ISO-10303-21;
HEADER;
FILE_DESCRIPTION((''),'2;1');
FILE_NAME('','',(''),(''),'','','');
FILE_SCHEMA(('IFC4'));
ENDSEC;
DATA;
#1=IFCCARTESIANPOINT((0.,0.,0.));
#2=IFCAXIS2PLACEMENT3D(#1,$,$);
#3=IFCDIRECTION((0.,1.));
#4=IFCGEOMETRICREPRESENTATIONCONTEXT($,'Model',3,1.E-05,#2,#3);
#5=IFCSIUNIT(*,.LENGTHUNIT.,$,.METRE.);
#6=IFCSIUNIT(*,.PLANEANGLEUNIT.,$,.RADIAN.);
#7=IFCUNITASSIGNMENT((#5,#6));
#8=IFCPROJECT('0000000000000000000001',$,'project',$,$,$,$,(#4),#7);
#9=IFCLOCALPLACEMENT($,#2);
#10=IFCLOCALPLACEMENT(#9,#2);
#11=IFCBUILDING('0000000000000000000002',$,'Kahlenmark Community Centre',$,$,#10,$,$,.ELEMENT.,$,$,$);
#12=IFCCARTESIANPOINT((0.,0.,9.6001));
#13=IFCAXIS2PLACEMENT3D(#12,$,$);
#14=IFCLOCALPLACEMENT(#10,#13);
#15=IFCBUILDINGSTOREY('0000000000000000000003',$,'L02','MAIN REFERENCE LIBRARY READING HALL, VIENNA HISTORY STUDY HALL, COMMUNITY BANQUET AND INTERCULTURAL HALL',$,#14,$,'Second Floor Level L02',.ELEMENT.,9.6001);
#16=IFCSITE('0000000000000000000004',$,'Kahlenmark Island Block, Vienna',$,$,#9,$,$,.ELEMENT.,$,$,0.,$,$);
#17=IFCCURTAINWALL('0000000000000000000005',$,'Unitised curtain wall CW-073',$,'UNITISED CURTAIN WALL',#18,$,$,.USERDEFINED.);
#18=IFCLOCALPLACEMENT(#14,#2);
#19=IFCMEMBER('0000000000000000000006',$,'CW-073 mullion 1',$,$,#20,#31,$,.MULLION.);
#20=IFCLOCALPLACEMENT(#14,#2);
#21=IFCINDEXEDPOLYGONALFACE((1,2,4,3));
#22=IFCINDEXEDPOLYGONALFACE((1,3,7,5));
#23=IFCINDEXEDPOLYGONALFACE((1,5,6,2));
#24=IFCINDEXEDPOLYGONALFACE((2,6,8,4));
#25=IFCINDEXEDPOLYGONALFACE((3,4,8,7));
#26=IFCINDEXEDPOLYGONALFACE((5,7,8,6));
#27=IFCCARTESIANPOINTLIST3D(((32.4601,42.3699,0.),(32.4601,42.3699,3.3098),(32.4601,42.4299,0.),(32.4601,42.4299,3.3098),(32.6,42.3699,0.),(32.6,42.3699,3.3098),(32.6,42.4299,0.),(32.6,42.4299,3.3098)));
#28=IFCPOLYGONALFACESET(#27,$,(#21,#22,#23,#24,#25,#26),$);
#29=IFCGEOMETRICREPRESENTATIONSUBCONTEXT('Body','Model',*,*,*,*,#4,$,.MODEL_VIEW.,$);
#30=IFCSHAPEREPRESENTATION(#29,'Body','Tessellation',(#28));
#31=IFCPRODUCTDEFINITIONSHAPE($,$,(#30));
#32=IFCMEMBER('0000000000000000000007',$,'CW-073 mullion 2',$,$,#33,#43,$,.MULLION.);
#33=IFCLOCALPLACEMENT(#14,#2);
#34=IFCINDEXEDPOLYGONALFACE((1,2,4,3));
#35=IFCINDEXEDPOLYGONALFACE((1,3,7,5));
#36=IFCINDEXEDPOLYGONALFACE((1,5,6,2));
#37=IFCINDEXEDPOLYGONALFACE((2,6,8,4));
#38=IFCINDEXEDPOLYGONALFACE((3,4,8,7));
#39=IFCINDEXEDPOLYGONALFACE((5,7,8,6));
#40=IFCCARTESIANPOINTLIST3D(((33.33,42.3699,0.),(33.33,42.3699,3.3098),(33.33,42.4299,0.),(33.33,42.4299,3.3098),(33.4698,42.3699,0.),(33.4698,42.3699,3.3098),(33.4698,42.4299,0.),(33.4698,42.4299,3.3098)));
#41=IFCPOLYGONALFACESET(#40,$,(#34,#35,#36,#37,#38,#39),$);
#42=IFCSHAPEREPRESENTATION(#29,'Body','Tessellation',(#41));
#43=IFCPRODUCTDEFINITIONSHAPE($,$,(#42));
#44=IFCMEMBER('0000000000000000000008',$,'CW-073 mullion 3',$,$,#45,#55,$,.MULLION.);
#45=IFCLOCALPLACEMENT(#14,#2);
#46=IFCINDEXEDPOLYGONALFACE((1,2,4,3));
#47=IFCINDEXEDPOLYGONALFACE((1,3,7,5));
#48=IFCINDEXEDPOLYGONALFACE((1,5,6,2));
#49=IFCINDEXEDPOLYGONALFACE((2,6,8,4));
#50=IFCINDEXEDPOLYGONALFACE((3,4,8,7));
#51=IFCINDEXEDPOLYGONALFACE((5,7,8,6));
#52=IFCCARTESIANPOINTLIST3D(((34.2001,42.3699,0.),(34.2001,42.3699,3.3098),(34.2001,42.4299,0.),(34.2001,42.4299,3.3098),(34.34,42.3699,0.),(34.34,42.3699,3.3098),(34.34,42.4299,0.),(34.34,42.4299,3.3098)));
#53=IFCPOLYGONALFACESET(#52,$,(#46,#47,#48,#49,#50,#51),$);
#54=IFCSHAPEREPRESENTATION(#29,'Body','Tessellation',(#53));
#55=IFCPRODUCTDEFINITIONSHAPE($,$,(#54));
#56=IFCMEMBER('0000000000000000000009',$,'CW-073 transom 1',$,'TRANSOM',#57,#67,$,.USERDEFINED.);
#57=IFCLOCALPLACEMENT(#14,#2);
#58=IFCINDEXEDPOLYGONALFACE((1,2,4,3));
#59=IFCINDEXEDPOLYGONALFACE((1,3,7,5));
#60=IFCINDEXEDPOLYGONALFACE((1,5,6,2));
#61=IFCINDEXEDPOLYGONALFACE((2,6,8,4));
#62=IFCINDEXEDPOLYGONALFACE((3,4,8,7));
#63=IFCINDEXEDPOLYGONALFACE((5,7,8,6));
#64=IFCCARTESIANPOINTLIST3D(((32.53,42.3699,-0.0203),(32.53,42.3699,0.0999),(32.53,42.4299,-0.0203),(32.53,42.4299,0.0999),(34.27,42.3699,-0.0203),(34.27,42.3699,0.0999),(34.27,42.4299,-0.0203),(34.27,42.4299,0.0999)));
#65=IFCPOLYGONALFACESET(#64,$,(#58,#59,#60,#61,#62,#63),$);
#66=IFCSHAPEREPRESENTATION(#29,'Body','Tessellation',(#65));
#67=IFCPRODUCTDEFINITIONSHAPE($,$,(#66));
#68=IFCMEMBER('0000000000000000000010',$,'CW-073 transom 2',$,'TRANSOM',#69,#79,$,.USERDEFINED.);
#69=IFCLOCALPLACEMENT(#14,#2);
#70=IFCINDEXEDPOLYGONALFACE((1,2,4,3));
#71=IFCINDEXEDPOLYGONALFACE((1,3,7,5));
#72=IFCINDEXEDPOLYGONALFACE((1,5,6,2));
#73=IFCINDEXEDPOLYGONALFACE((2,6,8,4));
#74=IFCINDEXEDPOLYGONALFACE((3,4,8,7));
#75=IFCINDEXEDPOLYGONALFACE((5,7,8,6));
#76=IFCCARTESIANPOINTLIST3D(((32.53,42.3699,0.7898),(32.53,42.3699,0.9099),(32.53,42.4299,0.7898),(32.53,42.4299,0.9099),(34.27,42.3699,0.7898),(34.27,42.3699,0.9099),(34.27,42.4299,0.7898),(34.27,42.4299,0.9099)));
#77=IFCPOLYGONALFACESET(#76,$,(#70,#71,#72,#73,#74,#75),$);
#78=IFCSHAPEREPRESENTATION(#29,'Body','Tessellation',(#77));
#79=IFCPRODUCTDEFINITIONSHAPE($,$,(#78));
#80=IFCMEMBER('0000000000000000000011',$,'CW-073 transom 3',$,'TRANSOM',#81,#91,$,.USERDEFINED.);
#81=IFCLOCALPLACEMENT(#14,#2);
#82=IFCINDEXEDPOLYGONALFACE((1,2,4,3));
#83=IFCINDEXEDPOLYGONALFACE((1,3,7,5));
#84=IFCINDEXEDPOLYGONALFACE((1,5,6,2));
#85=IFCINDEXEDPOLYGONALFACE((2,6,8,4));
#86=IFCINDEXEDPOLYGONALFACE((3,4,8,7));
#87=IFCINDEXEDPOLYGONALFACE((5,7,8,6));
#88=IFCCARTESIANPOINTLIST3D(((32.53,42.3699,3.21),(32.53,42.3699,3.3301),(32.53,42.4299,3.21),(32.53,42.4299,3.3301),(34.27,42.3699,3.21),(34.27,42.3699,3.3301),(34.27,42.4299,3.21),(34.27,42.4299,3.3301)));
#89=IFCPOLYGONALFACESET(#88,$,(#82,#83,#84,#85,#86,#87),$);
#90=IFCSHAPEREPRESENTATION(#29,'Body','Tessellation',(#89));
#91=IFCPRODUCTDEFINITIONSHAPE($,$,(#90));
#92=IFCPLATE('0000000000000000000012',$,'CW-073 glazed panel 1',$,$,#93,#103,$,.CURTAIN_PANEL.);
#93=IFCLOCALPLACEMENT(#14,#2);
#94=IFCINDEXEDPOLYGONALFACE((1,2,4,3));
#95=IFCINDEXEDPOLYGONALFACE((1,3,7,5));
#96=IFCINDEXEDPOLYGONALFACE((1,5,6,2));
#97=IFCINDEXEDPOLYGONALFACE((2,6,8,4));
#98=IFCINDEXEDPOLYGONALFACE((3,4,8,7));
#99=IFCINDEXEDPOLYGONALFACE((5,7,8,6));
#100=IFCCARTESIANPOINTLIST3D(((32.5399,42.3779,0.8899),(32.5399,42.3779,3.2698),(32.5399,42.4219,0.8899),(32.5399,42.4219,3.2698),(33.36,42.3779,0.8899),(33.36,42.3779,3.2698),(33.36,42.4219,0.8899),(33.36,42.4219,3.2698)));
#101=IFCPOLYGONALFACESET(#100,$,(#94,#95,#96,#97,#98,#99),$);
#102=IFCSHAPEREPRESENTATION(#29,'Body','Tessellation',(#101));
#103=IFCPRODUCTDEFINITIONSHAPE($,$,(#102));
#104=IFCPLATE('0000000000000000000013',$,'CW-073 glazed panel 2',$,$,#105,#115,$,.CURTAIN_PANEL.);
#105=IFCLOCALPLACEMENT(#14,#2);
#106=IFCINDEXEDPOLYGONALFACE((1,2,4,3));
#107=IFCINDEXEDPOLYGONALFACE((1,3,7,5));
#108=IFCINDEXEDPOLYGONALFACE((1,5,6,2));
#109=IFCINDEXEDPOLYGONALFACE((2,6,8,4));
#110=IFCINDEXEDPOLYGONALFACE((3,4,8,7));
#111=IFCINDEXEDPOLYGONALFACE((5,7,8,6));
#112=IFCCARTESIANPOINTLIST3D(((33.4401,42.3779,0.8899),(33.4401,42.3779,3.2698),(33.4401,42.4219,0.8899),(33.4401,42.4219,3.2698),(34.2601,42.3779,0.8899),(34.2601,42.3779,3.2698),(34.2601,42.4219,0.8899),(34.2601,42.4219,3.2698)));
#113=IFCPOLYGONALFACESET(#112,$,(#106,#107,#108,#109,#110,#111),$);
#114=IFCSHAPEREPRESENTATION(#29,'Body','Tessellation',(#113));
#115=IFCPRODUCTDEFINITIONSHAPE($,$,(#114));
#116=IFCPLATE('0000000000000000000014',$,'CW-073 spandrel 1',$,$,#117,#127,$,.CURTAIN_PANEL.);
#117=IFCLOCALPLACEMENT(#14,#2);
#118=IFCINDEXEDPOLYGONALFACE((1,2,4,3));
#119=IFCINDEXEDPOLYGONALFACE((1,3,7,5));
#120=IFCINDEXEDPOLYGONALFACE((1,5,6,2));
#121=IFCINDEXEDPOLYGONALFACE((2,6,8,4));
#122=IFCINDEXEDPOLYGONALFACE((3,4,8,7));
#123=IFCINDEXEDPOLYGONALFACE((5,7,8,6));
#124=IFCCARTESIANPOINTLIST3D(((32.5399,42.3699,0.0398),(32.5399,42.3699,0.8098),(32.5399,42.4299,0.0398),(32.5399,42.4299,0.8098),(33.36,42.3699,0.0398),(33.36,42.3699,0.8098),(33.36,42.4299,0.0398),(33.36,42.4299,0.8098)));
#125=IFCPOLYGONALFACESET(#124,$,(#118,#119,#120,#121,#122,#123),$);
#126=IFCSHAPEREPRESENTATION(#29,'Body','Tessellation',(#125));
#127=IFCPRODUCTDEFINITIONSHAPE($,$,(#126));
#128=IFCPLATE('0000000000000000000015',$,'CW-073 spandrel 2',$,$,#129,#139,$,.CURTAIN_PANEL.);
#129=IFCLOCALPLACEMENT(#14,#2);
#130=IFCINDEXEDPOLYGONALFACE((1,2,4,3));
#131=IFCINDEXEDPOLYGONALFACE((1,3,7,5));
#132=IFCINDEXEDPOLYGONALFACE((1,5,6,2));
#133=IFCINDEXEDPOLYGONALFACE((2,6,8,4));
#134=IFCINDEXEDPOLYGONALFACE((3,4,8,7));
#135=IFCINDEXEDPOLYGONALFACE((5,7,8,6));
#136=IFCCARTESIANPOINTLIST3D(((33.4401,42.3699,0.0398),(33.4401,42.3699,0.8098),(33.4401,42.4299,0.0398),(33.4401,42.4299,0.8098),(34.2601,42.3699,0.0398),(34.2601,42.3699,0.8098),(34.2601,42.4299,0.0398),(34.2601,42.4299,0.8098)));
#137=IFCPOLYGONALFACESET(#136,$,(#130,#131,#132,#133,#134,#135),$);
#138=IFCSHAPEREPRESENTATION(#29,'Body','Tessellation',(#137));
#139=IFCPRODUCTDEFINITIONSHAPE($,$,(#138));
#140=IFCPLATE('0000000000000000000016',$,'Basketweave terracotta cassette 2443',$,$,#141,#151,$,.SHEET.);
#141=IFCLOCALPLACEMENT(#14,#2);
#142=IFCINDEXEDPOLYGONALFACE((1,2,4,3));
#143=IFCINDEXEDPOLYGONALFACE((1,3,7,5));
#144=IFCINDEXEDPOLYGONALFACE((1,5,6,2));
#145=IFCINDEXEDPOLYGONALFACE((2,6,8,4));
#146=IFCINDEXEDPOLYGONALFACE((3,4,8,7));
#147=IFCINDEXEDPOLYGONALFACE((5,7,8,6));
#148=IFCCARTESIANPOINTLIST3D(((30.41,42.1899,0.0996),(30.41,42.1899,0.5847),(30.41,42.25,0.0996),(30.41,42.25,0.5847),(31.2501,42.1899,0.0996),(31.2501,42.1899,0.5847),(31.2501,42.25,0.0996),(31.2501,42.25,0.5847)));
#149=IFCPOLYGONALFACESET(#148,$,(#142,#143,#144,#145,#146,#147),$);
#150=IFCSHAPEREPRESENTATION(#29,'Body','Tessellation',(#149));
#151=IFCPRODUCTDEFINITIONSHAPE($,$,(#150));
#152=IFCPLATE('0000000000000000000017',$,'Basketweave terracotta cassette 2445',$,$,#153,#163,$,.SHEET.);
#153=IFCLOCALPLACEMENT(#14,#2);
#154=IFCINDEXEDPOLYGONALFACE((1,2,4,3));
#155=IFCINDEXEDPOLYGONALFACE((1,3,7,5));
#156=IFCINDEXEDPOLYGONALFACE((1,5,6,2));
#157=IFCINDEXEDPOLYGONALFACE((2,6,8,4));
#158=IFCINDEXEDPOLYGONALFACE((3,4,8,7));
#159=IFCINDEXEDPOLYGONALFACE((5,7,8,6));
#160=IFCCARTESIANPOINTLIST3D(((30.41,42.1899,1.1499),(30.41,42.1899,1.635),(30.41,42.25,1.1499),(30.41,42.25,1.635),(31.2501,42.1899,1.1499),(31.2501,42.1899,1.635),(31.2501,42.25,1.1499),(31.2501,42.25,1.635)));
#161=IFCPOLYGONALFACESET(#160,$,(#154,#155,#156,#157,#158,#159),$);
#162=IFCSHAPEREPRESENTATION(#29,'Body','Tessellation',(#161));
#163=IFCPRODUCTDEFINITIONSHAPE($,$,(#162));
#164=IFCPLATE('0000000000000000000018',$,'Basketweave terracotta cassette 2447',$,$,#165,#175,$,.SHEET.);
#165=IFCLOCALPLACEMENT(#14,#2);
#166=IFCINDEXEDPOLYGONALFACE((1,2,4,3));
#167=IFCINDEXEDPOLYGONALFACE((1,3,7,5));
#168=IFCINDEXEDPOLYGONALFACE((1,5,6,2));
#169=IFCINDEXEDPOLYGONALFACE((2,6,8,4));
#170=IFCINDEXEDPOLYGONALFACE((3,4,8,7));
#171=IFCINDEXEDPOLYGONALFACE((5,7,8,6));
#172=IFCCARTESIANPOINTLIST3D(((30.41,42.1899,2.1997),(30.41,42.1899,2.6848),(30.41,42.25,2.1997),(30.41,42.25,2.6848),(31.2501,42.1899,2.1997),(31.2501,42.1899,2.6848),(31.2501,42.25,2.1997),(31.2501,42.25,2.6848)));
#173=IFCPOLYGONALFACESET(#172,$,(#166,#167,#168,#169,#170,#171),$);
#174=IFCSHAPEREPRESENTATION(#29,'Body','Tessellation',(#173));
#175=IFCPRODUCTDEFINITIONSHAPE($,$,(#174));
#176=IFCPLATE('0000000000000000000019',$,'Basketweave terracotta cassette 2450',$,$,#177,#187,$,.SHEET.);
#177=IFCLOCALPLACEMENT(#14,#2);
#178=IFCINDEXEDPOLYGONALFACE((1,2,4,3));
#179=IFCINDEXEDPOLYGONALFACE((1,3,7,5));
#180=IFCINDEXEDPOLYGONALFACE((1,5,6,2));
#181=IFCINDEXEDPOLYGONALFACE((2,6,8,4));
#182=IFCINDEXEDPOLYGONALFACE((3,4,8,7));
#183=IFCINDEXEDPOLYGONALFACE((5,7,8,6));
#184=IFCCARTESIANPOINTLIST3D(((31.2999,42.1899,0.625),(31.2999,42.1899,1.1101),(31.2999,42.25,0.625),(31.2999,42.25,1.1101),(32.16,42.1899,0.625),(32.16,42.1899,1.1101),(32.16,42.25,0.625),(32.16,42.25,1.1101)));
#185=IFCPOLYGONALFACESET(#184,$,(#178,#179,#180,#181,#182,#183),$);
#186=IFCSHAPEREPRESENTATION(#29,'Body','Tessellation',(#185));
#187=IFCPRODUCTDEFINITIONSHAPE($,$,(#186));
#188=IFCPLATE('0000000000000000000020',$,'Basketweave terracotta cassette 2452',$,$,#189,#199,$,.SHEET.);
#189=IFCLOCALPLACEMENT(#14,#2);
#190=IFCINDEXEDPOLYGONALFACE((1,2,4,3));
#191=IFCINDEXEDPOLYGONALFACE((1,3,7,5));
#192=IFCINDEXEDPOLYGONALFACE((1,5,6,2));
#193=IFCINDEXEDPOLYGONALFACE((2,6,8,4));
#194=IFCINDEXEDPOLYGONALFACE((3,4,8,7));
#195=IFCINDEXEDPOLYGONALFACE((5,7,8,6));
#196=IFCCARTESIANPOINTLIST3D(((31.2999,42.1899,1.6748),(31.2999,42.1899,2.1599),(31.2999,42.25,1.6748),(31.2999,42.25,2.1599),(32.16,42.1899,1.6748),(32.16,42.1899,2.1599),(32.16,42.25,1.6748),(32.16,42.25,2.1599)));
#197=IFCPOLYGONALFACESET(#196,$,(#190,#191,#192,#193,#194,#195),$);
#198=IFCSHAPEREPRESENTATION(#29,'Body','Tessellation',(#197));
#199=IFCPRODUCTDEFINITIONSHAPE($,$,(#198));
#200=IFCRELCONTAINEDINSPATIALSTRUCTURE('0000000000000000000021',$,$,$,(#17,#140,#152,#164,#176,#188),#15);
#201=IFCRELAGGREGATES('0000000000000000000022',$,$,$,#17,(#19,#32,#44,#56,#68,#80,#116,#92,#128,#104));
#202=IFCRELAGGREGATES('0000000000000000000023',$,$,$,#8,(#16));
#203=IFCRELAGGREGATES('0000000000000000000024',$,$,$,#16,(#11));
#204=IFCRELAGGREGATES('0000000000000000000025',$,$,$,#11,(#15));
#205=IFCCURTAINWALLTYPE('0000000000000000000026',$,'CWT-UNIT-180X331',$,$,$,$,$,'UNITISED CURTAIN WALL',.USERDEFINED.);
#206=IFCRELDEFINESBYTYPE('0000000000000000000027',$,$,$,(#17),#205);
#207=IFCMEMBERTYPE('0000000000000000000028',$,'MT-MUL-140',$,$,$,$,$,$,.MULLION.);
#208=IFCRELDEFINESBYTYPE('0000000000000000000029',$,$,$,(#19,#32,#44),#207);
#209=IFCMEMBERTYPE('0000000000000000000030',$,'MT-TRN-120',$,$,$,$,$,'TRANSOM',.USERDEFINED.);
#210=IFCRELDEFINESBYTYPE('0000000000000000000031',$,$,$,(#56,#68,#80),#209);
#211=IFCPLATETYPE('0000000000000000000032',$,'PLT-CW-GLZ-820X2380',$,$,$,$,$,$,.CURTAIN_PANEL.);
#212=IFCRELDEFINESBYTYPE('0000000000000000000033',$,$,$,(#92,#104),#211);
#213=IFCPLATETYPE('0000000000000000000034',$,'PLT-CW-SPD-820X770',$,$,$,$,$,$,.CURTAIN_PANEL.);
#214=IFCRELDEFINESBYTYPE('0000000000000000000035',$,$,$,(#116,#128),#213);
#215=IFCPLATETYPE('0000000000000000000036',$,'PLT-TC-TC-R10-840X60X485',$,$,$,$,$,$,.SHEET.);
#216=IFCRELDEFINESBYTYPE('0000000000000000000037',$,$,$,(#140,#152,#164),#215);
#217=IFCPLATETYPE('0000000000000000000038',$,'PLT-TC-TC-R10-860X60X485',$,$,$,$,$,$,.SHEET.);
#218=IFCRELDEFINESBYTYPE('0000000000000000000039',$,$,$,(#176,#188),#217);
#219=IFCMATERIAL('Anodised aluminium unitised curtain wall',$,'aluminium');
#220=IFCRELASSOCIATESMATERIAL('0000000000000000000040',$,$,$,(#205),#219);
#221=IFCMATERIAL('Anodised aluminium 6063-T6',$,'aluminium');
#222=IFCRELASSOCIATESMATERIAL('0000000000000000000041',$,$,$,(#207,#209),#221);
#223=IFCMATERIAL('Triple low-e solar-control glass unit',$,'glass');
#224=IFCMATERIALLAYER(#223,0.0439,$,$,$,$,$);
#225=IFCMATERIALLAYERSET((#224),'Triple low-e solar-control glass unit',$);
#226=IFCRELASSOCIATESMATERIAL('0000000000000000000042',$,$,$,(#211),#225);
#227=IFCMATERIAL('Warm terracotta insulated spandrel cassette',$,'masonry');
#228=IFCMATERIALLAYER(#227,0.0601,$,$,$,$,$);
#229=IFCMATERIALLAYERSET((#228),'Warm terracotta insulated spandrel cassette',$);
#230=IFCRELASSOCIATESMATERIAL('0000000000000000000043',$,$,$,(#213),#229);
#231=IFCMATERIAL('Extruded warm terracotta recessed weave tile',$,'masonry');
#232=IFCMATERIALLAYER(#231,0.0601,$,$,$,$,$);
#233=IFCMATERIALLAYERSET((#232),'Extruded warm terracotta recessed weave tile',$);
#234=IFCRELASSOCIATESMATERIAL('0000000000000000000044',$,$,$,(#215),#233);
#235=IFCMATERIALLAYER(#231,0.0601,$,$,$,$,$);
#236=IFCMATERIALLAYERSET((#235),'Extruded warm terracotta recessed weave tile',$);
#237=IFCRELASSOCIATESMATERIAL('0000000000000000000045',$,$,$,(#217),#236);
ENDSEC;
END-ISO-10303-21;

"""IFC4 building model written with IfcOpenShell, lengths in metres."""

from ifc_helpers import new_model, si_unit, direction, frame, origin, origin_2d, place, context, subcontext, project, spatial, rectangle, extrude, material, layer, layer_set, material_profile, profile_set, type_object, element, aggregate, save


model = new_model("IFC4")

# Units and contexts
model_context = context("Model", 3, precision=1e-05, world=origin(), true_north=direction((0.0, 1.0)))
body_context = subcontext(model_context, "Body", "Model", "MODEL_VIEW")
ifc_project = project(units=[si_unit("LENGTHUNIT", "METRE"), si_unit("PLANEANGLEUNIT", "RADIAN")], contexts=[model_context])

# Site, building, storey
site_placement = place(None, origin())
site = spatial("IfcSite", under=ifc_project, at=site_placement, Name="Kahlenmark Island Block, Vienna", CompositionType="ELEMENT", RefElevation=0.0)
building_placement = place(site_placement, origin())
building = spatial("IfcBuilding", under=site, at=building_placement, Name="Kahlenmark Community Centre", CompositionType="ELEMENT")
storey_placement = place(building_placement, frame((0.0, 0.0, 9.6001)))
storey = spatial("IfcBuildingStorey", under=building, at=storey_placement, Name="L02", Description="MAIN REFERENCE LIBRARY READING HALL, VIENNA HISTORY STUDY HALL, COMMUNITY BANQUET AND INTERCULTURAL HALL", LongName="Second Floor Level L02", CompositionType="ELEMENT", Elevation=9.6001)

# Curtain wall, members, plates
ifc_material_1 = material(Name="Anodised aluminium unitised curtain wall", Category="aluminium")
curtain_wall_type = type_object("IfcCurtainWallType", Name="CWT-UNIT-180X331", ElementType="UNITISED CURTAIN WALL", PredefinedType="USERDEFINED", material=ifc_material_1)
curtain_wall_placement = place(storey_placement, origin())
curtain_wall = element("IfcCurtainWall", 1, at=curtain_wall_placement, inside=storey, type_object=curtain_wall_type, Name="Unitised curtain wall CW-073", ObjectType="UNITISED CURTAIN WALL", PredefinedType="USERDEFINED")
ifc_material_2 = material(Name="Anodised aluminium 6063-T6", Category="aluminium")
ifc_material_profile_1 = material_profile(ifc_material_2, rectangle(XDim=0.0601, YDim=0.1399, at=origin_2d()), Name="ALU MULLION 60x140")
ifc_profile_set_1 = profile_set([ifc_material_profile_1], Name="Anodised aluminium 6063-T6")
member_type_1 = type_object("IfcMemberType", Name="MT-MUL-140", PredefinedType="MULLION", material=ifc_profile_set_1)
member_1_placement = place(storey_placement, frame((32.53, 42.3999, 0.0), z_axis=(0.0, 0.0, 1.0), x_axis=(0.0, 1.0, 0.0)))
member_1 = element("IfcMember", 2, at=member_1_placement, type_object=member_type_1, Name="CW-073 mullion 1", PredefinedType="MULLION", context=body_context, shape_type="SweptSolid", body=[
    extrude(rectangle(XDim=0.0601, YDim=0.1399, at=origin_2d()), origin(), (0.0, 0.0, 1.0), 3.3098),
])
member_2_placement = place(storey_placement, frame((33.3999, 42.3999, 0.0), z_axis=(0.0, 0.0, 1.0), x_axis=(0.0, 1.0, 0.0)))
member_2 = element("IfcMember", 3, at=member_2_placement, type_object=member_type_1, Name="CW-073 mullion 2", PredefinedType="MULLION", context=body_context, shape_type="SweptSolid", body=[
    extrude(rectangle(XDim=0.0601, YDim=0.1399, at=origin_2d()), origin(), (0.0, 0.0, 1.0), 3.3098),
])
member_3_placement = place(storey_placement, frame((34.27, 42.3999, 0.0), z_axis=(0.0, 0.0, 1.0), x_axis=(0.0, 1.0, 0.0)))
member_3 = element("IfcMember", 4, at=member_3_placement, type_object=member_type_1, Name="CW-073 mullion 3", PredefinedType="MULLION", context=body_context, shape_type="SweptSolid", body=[
    extrude(rectangle(XDim=0.0601, YDim=0.1399, at=origin_2d()), origin(), (0.0, 0.0, 1.0), 3.3098),
])
ifc_material_profile_2 = material_profile(ifc_material_2, rectangle(XDim=0.0601, YDim=0.1201, at=origin_2d()), Name="ALU TRANSOM 60x120")
ifc_profile_set_2 = profile_set([ifc_material_profile_2], Name="Anodised aluminium 6063-T6")
member_type_2 = type_object("IfcMemberType", Name="MT-TRN-120", ElementType="TRANSOM", PredefinedType="USERDEFINED", material=ifc_profile_set_2)
member_4_placement = place(storey_placement, frame((32.53, 42.3999, 0.0398), z_axis=(1.0, 0.0, 0.0), x_axis=(0.0, 1.0, 0.0)))
member_4 = element("IfcMember", 5, at=member_4_placement, type_object=member_type_2, Name="CW-073 transom 1", ObjectType="TRANSOM", PredefinedType="USERDEFINED", context=body_context, shape_type="SweptSolid", body=[
    extrude(rectangle(XDim=0.0601, YDim=0.1201, at=origin_2d()), origin(), (0.0, 0.0, 1.0), 1.74),
])
member_5_placement = place(storey_placement, frame((32.53, 42.3999, 0.8499), z_axis=(1.0, 0.0, 0.0), x_axis=(0.0, 1.0, 0.0)))
member_5 = element("IfcMember", 6, at=member_5_placement, type_object=member_type_2, Name="CW-073 transom 2", ObjectType="TRANSOM", PredefinedType="USERDEFINED", context=body_context, shape_type="SweptSolid", body=[
    extrude(rectangle(XDim=0.0601, YDim=0.1201, at=origin_2d()), origin(), (0.0, 0.0, 1.0), 1.74),
])
member_6_placement = place(storey_placement, frame((32.53, 42.3999, 3.27), z_axis=(1.0, 0.0, 0.0), x_axis=(0.0, 1.0, 0.0)))
member_6 = element("IfcMember", 7, at=member_6_placement, type_object=member_type_2, Name="CW-073 transom 3", ObjectType="TRANSOM", PredefinedType="USERDEFINED", context=body_context, shape_type="SweptSolid", body=[
    extrude(rectangle(XDim=0.0601, YDim=0.1201, at=origin_2d()), origin(), (0.0, 0.0, 1.0), 1.74),
])
ifc_material_3 = material(Name="Triple low-e solar-control glass unit", Category="glass")
ifc_layer_1 = layer(ifc_material_3, 0.0439)
ifc_layer_set_1 = layer_set([ifc_layer_1], Name="Triple low-e solar-control glass unit")
plate_type_1 = type_object("IfcPlateType", Name="PLT-CW-GLZ-820X2380", PredefinedType="CURTAIN_PANEL", material=ifc_layer_set_1)
plate_1_placement = place(storey_placement, frame((32.95, 42.3999, 0.8899), z_axis=(0.0, 0.0, 1.0), x_axis=(1.0, 0.0, 0.0)))
plate_1 = element("IfcPlate", 8, at=plate_1_placement, type_object=plate_type_1, Name="CW-073 glazed panel 1", PredefinedType="CURTAIN_PANEL", context=body_context, shape_type="SweptSolid", body=[
    extrude(rectangle(XDim=0.8201, YDim=0.0439, at=origin_2d()), origin(), (0.0, 0.0, 1.0), 2.3799),
])
plate_2_placement = place(storey_placement, frame((33.8501, 42.3999, 0.8899), z_axis=(0.0, 0.0, 1.0), x_axis=(1.0, 0.0, 0.0)))
plate_2 = element("IfcPlate", 9, at=plate_2_placement, type_object=plate_type_1, Name="CW-073 glazed panel 2", PredefinedType="CURTAIN_PANEL", context=body_context, shape_type="SweptSolid", body=[
    extrude(rectangle(XDim=0.8201, YDim=0.0439, at=origin_2d()), origin(), (0.0, 0.0, 1.0), 2.3799),
])
ifc_material_4 = material(Name="Warm terracotta insulated spandrel cassette", Category="masonry")
ifc_layer_2 = layer(ifc_material_4, 0.0601)
ifc_layer_set_2 = layer_set([ifc_layer_2], Name="Warm terracotta insulated spandrel cassette")
plate_type_2 = type_object("IfcPlateType", Name="PLT-CW-SPD-820X770", PredefinedType="CURTAIN_PANEL", material=ifc_layer_set_2)
plate_3_placement = place(storey_placement, frame((32.95, 42.3999, 0.0398), z_axis=(0.0, 0.0, 1.0), x_axis=(1.0, 0.0, 0.0)))
plate_3 = element("IfcPlate", 10, at=plate_3_placement, type_object=plate_type_2, Name="CW-073 spandrel 1", PredefinedType="CURTAIN_PANEL", context=body_context, shape_type="SweptSolid", body=[
    extrude(rectangle(XDim=0.8201, YDim=0.0601, at=origin_2d()), origin(), (0.0, 0.0, 1.0), 0.77),
])
plate_4_placement = place(storey_placement, frame((33.8501, 42.3999, 0.0398), z_axis=(0.0, 0.0, 1.0), x_axis=(1.0, 0.0, 0.0)))
plate_4 = element("IfcPlate", 11, at=plate_4_placement, type_object=plate_type_2, Name="CW-073 spandrel 2", PredefinedType="CURTAIN_PANEL", context=body_context, shape_type="SweptSolid", body=[
    extrude(rectangle(XDim=0.8201, YDim=0.0601, at=origin_2d()), origin(), (0.0, 0.0, 1.0), 0.77),
])
aggregate(curtain_wall, [member_1, member_2, member_3, member_4, member_5, member_6, plate_3, plate_1, plate_4, plate_2])

# Plates
ifc_material_5 = material(Name="Extruded warm terracotta recessed weave tile", Category="masonry")
ifc_layer_3 = layer(ifc_material_5, 0.0601)
ifc_layer_set_3 = layer_set([ifc_layer_3], Name="Extruded warm terracotta recessed weave tile")
plate_type_3 = type_object("IfcPlateType", Name="PLT-TC-TC-R10-840X60X485", PredefinedType="SHEET", material=ifc_layer_set_3)
for number, where, z_axis, x_axis, name in (
    (12, (30.8301, 42.22, 0.0996), (0.0, 0.0, 1.0), (1.0, 0.0, 0.0), "Basketweave terracotta cassette 2443"),
    (13, (30.8301, 42.22, 1.1499), (0.0, 0.0, 1.0), (1.0, 0.0, 0.0), "Basketweave terracotta cassette 2445"),
    (14, (30.8301, 42.22, 2.1997), (0.0, 0.0, 1.0), (1.0, 0.0, 0.0), "Basketweave terracotta cassette 2447"),
):
    element("IfcPlate", number, at=place(storey_placement, frame(where, z_axis=z_axis, x_axis=x_axis)), inside=storey, type_object=plate_type_3, Name=name, PredefinedType="SHEET", context=body_context, shape_type="SweptSolid", body=[
        extrude(rectangle(XDim=0.8401, YDim=0.0601, at=origin_2d()), origin(), (0.0, 0.0, 1.0), 0.4851),
    ])
ifc_layer_4 = layer(ifc_material_5, 0.0601)
ifc_layer_set_4 = layer_set([ifc_layer_4], Name="Extruded warm terracotta recessed weave tile")
plate_type_4 = type_object("IfcPlateType", Name="PLT-TC-TC-R10-860X60X485", PredefinedType="SHEET", material=ifc_layer_set_4)
for number, where, z_axis, x_axis, name in (
    (15, (31.73, 42.22, 0.625), (0.0, 0.0, 1.0), (1.0, 0.0, 0.0), "Basketweave terracotta cassette 2450"),
    (16, (31.73, 42.22, 1.6748), (0.0, 0.0, 1.0), (1.0, 0.0, 0.0), "Basketweave terracotta cassette 2452"),
):
    element("IfcPlate", number, at=place(storey_placement, frame(where, z_axis=z_axis, x_axis=x_axis)), inside=storey, type_object=plate_type_4, Name=name, PredefinedType="SHEET", context=body_context, shape_type="SweptSolid", body=[
        extrude(rectangle(XDim=0.8601, YDim=0.0601, at=origin_2d()), origin(), (0.0, 0.0, 1.0), 0.4851),
    ])

save(model, "model.ifc")
